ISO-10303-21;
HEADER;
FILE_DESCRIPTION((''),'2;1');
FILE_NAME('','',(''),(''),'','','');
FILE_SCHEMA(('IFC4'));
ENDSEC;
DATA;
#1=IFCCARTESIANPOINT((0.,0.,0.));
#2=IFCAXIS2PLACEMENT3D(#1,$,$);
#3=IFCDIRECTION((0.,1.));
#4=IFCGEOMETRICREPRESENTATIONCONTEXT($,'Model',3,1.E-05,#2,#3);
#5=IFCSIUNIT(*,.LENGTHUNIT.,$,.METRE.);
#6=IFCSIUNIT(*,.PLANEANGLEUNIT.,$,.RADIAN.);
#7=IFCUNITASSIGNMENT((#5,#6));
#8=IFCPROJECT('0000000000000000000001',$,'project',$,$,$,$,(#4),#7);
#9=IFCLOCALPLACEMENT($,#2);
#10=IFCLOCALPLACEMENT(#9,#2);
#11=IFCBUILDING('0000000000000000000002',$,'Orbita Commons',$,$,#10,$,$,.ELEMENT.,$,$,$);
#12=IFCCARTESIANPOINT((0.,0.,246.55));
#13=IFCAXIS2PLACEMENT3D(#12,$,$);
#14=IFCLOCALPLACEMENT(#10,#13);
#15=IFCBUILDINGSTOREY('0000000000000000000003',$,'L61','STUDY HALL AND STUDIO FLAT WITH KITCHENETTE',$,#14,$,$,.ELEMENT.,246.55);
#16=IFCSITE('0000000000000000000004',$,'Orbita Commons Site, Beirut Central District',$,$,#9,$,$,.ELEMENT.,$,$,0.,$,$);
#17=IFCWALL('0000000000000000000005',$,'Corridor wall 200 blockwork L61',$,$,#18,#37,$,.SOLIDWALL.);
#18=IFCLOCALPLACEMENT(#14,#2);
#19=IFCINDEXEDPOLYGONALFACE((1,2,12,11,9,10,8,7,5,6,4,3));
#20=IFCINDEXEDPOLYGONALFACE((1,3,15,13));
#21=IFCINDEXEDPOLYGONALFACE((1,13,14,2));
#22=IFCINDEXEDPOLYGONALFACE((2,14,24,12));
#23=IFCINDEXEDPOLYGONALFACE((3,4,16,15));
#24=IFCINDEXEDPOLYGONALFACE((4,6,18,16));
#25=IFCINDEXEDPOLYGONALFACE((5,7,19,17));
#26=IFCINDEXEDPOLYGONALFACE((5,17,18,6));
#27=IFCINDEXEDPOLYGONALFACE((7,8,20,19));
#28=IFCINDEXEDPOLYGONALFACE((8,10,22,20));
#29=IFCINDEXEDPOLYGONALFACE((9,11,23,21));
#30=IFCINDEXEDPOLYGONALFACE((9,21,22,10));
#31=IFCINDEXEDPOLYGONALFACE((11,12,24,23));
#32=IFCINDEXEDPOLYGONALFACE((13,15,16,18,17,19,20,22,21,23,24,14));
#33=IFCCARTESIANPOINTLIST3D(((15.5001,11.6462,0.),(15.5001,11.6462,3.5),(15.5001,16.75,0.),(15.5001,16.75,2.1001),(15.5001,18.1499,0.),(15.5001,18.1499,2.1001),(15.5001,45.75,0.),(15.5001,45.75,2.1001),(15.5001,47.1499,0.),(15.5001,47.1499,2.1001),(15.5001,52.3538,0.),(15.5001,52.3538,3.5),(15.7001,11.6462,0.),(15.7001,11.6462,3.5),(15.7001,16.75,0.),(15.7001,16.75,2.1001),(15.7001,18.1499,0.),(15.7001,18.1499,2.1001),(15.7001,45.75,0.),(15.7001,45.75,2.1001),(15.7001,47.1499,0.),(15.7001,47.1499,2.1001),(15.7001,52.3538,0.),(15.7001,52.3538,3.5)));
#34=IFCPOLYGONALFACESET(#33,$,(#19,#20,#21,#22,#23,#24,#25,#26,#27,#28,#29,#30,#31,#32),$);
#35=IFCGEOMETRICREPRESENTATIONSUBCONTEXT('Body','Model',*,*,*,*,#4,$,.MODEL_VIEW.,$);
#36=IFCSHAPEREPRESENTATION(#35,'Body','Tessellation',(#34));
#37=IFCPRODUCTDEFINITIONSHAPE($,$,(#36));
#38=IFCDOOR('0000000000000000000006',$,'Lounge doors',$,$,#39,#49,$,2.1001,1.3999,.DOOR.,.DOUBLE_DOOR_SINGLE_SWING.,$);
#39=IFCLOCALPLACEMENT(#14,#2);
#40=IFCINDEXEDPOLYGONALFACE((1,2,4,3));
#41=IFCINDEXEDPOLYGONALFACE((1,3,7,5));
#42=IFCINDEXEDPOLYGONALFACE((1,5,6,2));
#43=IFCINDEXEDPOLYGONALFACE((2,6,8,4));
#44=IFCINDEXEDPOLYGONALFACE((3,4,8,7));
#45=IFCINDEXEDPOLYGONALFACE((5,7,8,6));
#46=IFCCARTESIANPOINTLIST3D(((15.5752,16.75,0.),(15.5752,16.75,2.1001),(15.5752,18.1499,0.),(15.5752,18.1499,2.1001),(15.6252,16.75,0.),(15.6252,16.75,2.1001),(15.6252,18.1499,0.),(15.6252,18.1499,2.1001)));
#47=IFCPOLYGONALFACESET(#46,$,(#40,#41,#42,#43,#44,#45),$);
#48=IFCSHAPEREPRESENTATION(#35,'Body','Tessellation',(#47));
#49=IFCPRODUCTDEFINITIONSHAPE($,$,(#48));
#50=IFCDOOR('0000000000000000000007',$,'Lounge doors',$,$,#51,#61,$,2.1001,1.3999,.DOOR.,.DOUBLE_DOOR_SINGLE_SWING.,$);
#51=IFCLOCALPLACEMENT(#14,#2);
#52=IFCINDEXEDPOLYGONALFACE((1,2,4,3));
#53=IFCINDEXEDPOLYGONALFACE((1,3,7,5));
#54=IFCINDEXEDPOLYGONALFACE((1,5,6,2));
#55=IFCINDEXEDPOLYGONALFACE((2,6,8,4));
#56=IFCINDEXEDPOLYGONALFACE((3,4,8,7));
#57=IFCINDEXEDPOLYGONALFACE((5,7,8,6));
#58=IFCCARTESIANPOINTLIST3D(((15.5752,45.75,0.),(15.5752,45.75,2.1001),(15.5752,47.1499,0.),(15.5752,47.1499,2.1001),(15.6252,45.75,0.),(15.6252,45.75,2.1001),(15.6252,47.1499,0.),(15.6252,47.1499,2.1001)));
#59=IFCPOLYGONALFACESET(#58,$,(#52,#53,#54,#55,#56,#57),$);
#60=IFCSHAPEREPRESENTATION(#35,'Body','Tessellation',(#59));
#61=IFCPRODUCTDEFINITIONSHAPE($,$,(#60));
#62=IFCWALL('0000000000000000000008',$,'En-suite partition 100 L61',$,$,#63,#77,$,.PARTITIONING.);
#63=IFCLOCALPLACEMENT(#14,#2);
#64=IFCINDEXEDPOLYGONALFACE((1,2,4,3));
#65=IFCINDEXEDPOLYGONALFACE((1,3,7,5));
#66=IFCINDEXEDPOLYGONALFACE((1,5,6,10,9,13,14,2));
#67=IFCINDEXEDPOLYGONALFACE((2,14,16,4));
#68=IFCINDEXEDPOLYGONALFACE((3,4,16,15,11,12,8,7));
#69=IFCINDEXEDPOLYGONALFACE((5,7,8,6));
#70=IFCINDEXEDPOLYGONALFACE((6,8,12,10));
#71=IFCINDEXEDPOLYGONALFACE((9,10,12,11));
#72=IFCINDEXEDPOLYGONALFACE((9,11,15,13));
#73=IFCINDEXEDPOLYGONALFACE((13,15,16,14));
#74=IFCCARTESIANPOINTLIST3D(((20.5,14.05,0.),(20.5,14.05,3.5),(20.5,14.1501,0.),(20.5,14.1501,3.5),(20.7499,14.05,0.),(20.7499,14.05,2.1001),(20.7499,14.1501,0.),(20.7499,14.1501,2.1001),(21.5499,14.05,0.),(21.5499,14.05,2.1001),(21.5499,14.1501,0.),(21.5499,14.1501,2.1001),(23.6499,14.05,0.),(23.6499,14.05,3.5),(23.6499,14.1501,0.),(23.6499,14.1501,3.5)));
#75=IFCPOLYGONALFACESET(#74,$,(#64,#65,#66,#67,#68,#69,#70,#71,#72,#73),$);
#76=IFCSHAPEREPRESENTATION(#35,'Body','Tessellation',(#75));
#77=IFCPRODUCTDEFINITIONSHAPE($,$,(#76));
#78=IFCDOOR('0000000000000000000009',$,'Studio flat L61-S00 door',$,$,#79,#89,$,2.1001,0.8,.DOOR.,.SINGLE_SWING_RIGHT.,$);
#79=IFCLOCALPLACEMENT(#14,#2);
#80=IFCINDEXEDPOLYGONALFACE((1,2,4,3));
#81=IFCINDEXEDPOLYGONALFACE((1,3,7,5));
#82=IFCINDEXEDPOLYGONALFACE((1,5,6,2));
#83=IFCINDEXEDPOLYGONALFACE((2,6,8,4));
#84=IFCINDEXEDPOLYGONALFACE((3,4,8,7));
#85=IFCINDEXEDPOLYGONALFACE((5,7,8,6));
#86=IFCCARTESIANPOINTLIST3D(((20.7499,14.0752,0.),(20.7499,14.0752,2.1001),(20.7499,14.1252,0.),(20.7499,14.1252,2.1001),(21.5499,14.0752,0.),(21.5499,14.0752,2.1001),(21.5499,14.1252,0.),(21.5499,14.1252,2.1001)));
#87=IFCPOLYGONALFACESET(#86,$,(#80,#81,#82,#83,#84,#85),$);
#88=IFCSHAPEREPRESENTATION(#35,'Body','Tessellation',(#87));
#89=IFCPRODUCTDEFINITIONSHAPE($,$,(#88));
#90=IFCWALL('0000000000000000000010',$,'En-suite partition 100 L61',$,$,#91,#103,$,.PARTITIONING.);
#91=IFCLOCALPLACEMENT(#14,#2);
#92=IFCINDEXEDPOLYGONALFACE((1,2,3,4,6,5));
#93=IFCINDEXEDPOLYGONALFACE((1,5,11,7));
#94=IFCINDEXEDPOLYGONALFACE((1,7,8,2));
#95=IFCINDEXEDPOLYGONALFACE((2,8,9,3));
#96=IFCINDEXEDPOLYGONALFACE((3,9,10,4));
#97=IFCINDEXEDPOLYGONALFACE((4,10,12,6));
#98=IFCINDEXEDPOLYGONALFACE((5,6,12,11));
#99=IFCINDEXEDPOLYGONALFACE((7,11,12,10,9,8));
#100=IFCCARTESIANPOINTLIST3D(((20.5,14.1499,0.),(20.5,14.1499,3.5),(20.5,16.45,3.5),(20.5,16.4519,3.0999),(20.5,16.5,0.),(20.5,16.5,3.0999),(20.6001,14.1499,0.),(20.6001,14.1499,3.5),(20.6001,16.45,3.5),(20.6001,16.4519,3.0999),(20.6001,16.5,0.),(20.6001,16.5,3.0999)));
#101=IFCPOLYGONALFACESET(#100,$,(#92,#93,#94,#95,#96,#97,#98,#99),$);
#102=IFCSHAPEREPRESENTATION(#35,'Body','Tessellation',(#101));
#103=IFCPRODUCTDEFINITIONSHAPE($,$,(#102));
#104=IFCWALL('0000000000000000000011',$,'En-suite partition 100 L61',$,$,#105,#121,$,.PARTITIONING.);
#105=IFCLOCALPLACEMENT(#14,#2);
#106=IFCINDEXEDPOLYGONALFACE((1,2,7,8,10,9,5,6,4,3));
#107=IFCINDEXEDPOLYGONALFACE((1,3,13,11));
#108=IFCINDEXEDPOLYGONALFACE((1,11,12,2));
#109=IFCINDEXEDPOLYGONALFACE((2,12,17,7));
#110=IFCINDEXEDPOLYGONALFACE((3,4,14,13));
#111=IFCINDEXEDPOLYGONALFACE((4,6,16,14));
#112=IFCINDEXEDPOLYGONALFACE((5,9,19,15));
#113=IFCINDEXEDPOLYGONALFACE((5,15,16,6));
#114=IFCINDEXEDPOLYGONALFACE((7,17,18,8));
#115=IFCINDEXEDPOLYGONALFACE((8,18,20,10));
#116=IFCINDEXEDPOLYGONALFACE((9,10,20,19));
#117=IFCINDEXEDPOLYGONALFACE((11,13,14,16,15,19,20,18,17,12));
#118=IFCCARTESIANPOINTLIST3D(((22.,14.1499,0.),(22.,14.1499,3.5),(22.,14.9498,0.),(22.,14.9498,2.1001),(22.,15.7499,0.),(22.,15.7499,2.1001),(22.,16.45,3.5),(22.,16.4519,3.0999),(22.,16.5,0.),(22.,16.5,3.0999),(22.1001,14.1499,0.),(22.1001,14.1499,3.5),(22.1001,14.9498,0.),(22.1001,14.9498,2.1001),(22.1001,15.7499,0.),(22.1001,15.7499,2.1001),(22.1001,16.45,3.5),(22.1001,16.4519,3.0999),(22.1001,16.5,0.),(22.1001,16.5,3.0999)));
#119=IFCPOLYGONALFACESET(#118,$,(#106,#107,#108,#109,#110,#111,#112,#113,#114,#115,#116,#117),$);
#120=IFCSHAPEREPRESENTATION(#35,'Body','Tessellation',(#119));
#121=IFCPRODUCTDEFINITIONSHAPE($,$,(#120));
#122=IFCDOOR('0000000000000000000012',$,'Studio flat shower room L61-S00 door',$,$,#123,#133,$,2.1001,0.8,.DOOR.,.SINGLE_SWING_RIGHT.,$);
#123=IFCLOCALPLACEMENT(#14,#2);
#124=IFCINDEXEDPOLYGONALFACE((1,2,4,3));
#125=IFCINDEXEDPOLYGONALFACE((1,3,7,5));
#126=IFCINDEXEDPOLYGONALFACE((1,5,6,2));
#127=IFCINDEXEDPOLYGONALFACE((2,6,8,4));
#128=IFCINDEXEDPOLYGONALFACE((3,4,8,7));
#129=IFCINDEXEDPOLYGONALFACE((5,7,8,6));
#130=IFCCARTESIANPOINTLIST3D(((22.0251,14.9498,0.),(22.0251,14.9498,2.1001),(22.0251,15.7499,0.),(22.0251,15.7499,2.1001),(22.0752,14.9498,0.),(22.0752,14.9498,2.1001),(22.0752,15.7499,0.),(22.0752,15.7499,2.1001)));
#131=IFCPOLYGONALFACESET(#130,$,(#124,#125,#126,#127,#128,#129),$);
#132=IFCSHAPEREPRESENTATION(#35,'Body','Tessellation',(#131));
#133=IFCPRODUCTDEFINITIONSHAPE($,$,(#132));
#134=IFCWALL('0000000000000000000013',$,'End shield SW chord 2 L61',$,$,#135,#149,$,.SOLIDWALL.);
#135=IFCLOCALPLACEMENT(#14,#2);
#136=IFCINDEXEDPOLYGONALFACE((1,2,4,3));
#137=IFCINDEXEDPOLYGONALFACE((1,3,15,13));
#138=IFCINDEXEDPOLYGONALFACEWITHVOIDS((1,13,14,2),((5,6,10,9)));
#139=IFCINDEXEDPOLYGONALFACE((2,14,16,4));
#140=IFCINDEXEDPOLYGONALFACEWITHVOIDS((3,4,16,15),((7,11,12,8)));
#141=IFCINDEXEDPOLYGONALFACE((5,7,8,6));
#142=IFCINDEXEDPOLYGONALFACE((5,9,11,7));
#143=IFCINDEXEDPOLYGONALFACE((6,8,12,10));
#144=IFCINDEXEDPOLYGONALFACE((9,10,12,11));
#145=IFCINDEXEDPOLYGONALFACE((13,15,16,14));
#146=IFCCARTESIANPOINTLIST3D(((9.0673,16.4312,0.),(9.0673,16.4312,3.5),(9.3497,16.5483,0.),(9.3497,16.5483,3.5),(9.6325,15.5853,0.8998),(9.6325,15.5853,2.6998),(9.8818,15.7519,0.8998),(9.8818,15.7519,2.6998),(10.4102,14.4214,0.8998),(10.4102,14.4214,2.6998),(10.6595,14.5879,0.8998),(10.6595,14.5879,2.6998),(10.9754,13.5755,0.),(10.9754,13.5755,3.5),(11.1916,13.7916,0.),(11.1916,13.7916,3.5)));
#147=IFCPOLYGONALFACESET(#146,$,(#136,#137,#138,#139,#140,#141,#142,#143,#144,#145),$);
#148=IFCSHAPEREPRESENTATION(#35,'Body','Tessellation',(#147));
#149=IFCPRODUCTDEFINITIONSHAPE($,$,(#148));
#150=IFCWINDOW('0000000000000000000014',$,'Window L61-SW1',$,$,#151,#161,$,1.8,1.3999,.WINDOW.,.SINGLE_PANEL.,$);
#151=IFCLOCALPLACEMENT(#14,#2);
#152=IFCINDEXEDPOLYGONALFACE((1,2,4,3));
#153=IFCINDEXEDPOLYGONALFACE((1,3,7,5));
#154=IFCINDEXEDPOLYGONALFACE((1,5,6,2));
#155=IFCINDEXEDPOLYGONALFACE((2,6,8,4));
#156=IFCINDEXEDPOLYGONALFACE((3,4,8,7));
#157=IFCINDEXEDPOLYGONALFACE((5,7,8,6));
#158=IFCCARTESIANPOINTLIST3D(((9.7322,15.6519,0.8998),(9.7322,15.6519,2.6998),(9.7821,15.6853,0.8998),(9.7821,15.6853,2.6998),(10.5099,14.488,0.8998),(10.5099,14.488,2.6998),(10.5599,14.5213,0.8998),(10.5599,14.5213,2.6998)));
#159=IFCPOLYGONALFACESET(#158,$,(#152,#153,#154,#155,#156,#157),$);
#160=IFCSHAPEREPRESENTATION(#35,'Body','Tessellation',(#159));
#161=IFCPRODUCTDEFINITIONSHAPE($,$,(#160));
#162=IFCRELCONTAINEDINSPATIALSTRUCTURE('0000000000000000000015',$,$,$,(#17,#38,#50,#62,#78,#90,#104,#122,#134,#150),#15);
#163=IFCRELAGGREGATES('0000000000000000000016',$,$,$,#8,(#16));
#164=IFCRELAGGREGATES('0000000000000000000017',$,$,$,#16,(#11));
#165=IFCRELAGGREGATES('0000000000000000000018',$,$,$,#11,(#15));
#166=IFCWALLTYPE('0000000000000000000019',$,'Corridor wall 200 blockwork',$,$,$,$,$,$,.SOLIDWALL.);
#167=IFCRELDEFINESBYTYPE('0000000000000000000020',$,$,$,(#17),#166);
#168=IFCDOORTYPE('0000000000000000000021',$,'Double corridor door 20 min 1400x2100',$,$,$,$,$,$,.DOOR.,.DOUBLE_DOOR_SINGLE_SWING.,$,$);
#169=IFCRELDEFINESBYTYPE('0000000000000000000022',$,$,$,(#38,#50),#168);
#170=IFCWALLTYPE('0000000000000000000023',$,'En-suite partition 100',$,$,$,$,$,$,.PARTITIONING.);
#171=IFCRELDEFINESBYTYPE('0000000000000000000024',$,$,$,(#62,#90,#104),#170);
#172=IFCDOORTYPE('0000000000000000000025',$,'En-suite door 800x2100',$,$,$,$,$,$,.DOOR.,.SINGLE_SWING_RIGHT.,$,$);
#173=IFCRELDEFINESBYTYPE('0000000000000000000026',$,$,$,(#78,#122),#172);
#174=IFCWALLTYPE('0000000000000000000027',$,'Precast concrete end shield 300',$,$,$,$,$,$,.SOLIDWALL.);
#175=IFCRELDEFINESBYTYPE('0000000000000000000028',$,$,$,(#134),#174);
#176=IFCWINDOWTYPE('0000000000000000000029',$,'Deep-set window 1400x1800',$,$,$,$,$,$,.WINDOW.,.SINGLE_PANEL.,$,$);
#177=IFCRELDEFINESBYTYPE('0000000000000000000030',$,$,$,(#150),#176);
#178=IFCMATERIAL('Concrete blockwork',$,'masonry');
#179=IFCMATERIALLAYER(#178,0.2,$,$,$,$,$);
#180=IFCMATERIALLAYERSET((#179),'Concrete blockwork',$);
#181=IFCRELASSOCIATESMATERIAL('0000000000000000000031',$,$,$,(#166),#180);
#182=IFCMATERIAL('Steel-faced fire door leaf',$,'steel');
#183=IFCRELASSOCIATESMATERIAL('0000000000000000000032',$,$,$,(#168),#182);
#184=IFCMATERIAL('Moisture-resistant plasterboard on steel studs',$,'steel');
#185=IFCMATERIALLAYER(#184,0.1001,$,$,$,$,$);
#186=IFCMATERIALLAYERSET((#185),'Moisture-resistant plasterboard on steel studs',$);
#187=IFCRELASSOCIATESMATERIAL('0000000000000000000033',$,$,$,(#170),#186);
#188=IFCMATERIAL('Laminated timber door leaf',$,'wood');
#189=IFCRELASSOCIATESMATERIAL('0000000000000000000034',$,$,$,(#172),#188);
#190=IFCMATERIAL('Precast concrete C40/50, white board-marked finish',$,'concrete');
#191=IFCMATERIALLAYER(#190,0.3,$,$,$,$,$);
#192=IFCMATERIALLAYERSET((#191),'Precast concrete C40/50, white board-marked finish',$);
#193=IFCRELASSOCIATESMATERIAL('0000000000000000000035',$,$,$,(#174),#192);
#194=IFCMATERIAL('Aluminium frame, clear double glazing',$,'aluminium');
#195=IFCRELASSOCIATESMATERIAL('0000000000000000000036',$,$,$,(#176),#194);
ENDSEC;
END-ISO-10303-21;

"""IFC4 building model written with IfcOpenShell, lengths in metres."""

from ifc_helpers import new_model, si_unit, direction, frame, frame_2d, origin, place, context, subcontext, project, spatial, polyline, rectangle, outline, extrude, material, layer, layer_set, type_object, element, fill, save


model = new_model("IFC4")

# Units and contexts
model_context = context("Model", 3, precision=1e-05, world=origin(), true_north=direction((0.0, 1.0)))
body_context = subcontext(model_context, "Body", "Model", "MODEL_VIEW")
ifc_project = project(units=[si_unit("LENGTHUNIT", "METRE"), si_unit("PLANEANGLEUNIT", "RADIAN")], contexts=[model_context])

# Site, building, storey
site_placement = place(None, origin())
site = spatial("IfcSite", under=ifc_project, at=site_placement, Name="Orbita Commons Site, Beirut Central District", CompositionType="ELEMENT", RefElevation=0.0)
building_placement = place(site_placement, origin())
building = spatial("IfcBuilding", under=site, at=building_placement, Name="Orbita Commons", CompositionType="ELEMENT")
storey_placement = place(building_placement, frame((0.0, 0.0, 246.55)))
storey = spatial("IfcBuildingStorey", under=building, at=storey_placement, Name="L61", Description="STUDY HALL AND STUDIO FLAT WITH KITCHENETTE", CompositionType="ELEMENT", Elevation=246.55)

# Shared definitions
ifc_material_1 = material(Name="Concrete blockwork", Category="masonry")
ifc_layer_1 = layer(ifc_material_1, 0.2)
ifc_layer_set_1 = layer_set([ifc_layer_1], Name="Concrete blockwork")
wall_type_1 = type_object("IfcWallType", Name="Corridor wall 200 blockwork", PredefinedType="SOLIDWALL", material=ifc_layer_set_1)

# Wall, openings, doors
wall_1_placement = place(storey_placement, frame((15.6001, 11.6462, 0.0), z_axis=(0.0, 0.0, 1.0), x_axis=(0.0, 1.0, 0.0)))
wall_1 = element("IfcWall", 1, at=wall_1_placement, inside=storey, type_object=wall_type_1, Name="Corridor wall 200 blockwork L61", PredefinedType="SOLIDWALL", context=body_context, shape_type="SweptSolid", body=[
    extrude(rectangle(XDim=40.7075, YDim=0.2, at=frame_2d((20.3538, 0.0))), origin(), (0.0, 0.0, 1.0), 3.5),
])
opening_1_placement = place(wall_1_placement, frame((5.1038, 0.0, 0.0)))
opening_1 = element("IfcOpeningElement", 2, at=opening_1_placement, cuts=wall_1, PredefinedType="OPENING", context=body_context, shape_type="SweptSolid", body=[
    extrude(rectangle(XDim=1.3999, YDim=2.1001, at=frame_2d((0.7, 1.05))), frame((0.0, 0.1099, 0.0), z_axis=(0.0, -1.0, 0.0), x_axis=(1.0, 0.0, 0.0)), (0.0, 0.0, 1.0), 0.22),
])
opening_2_placement = place(wall_1_placement, frame((34.1038, 0.0, 0.0)))
opening_2 = element("IfcOpeningElement", 3, at=opening_2_placement, cuts=wall_1, PredefinedType="OPENING", context=body_context, shape_type="SweptSolid", body=[
    extrude(rectangle(XDim=1.3999, YDim=2.1001, at=frame_2d((0.7, 1.05))), frame((0.0, 0.1099, 0.0), z_axis=(0.0, -1.0, 0.0), x_axis=(1.0, 0.0, 0.0)), (0.0, 0.0, 1.0), 0.22),
])
ifc_material_2 = material(Name="Steel-faced fire door leaf", Category="steel")
door_type_1 = type_object("IfcDoorType", Name="Double corridor door 20 min 1400x2100", OperationType="DOUBLE_DOOR_SINGLE_SWING", PredefinedType="DOOR", material=ifc_material_2)
door_1_placement = place(opening_1_placement, origin())
door_1 = element("IfcDoor", 4, at=door_1_placement, inside=storey, type_object=door_type_1, Name="Lounge doors", OperationType="DOUBLE_DOOR_SINGLE_SWING", OverallHeight=2.1001, OverallWidth=1.3999, PredefinedType="DOOR", context=body_context, shape_type="SweptSolid", body=[
    extrude(rectangle(XDim=1.3999, YDim=2.1001, at=frame_2d((0.7, 1.05))), frame((0.0, 0.0249, 0.0), z_axis=(0.0, -1.0, 0.0), x_axis=(1.0, 0.0, 0.0)), (0.0, 0.0, 1.0), 0.05),
])
fill(opening_1, door_1)
door_2_placement = place(opening_2_placement, origin())
door_2 = element("IfcDoor", 5, at=door_2_placement, inside=storey, type_object=door_type_1, Name="Lounge doors", OperationType="DOUBLE_DOOR_SINGLE_SWING", OverallHeight=2.1001, OverallWidth=1.3999, PredefinedType="DOOR", context=body_context, shape_type="SweptSolid", body=[
    extrude(rectangle(XDim=1.3999, YDim=2.1001, at=frame_2d((0.7, 1.05))), frame((0.0, 0.0249, 0.0), z_axis=(0.0, -1.0, 0.0), x_axis=(1.0, 0.0, 0.0)), (0.0, 0.0, 1.0), 0.05),
])
fill(opening_2, door_2)

# Wall, opening, door
ifc_material_3 = material(Name="Moisture-resistant plasterboard on steel studs", Category="steel")
ifc_layer_2 = layer(ifc_material_3, 0.1001)
ifc_layer_set_2 = layer_set([ifc_layer_2], Name="Moisture-resistant plasterboard on steel studs")
wall_type_2 = type_object("IfcWallType", Name="En-suite partition 100", PredefinedType="PARTITIONING", material=ifc_layer_set_2)
wall_2_placement = place(storey_placement, frame((23.6499, 14.1001, 0.0), z_axis=(0.0, 0.0, 1.0), x_axis=(-1.0, 0.0, 0.0)))
wall_2 = element("IfcWall", 6, at=wall_2_placement, inside=storey, type_object=wall_type_2, Name="En-suite partition 100 L61", PredefinedType="PARTITIONING", context=body_context, shape_type="SweptSolid", body=[
    extrude(rectangle(XDim=3.1499, YDim=0.1001, at=frame_2d((1.575, 0.0))), origin(), (0.0, 0.0, 1.0), 3.5),
])
opening_3_placement = place(wall_2_placement, frame((2.1001, 0.0, 0.0)))
opening_3 = element("IfcOpeningElement", 7, at=opening_3_placement, cuts=wall_2, PredefinedType="OPENING", context=body_context, shape_type="SweptSolid", body=[
    extrude(rectangle(XDim=0.8, YDim=2.1001, at=frame_2d((0.3999, 1.05))), frame((0.0, 0.0601, 0.0), z_axis=(0.0, -1.0, 0.0), x_axis=(1.0, 0.0, 0.0)), (0.0, 0.0, 1.0), 0.1201),
])
ifc_material_4 = material(Name="Laminated timber door leaf", Category="wood")
door_type_2 = type_object("IfcDoorType", Name="En-suite door 800x2100", OperationType="SINGLE_SWING_RIGHT", PredefinedType="DOOR", material=ifc_material_4)
door_3_placement = place(opening_3_placement, origin())
door_3 = element("IfcDoor", 8, at=door_3_placement, inside=storey, type_object=door_type_2, Name="Studio flat L61-S00 door", OperationType="SINGLE_SWING_RIGHT", OverallHeight=2.1001, OverallWidth=0.8, PredefinedType="DOOR", context=body_context, shape_type="SweptSolid", body=[
    extrude(rectangle(XDim=0.8, YDim=2.1001, at=frame_2d((0.3999, 1.05))), frame((0.0, 0.0249, 0.0), z_axis=(0.0, -1.0, 0.0), x_axis=(1.0, 0.0, 0.0)), (0.0, 0.0, 1.0), 0.05),
])
fill(opening_3, door_3)

# Wall
wall_3_placement = place(storey_placement, frame((20.55, 14.1499, 0.0), z_axis=(0.0, 0.0, 1.0), x_axis=(0.0, 1.0, 0.0)))
element("IfcWall", 9, at=wall_3_placement, inside=storey, type_object=wall_type_2, Name="En-suite partition 100 L61", PredefinedType="PARTITIONING", context=body_context, shape_type="SweptSolid", body=[
    extrude(outline(polyline([(0.0, 0.0), (2.3501, 0.0), (2.3501, 3.0999), (2.302, 3.0999), (2.3, 3.5), (0.0, 3.5), (0.0, 0.0)])), frame((0.0, 0.05, 0.0), z_axis=(0.0, -1.0, 0.0), x_axis=(1.0, 0.0, 0.0)), (0.0, 0.0, 1.0), 0.1001),
])

# Wall, opening, door
wall_4_placement = place(storey_placement, frame((22.05, 14.1499, 0.0), z_axis=(0.0, 0.0, 1.0), x_axis=(0.0, 1.0, 0.0)))
wall_4 = element("IfcWall", 10, at=wall_4_placement, inside=storey, type_object=wall_type_2, Name="En-suite partition 100 L61", PredefinedType="PARTITIONING", context=body_context, shape_type="SweptSolid", body=[
    extrude(outline(polyline([(0.0, 0.0), (2.3501, 0.0), (2.3501, 3.0999), (2.302, 3.0999), (2.3, 3.5), (0.0, 3.5), (0.0, 0.0)])), frame((0.0, 0.05, 0.0), z_axis=(0.0, -1.0, 0.0), x_axis=(1.0, 0.0, 0.0)), (0.0, 0.0, 1.0), 0.1001),
])
opening_4_placement = place(wall_4_placement, frame((0.8, 0.0, 0.0)))
opening_4 = element("IfcOpeningElement", 11, at=opening_4_placement, cuts=wall_4, PredefinedType="OPENING", context=body_context, shape_type="SweptSolid", body=[
    extrude(rectangle(XDim=0.8, YDim=2.1001, at=frame_2d((0.3999, 1.05))), frame((0.0, 0.0601, 0.0), z_axis=(0.0, -1.0, 0.0), x_axis=(1.0, 0.0, 0.0)), (0.0, 0.0, 1.0), 0.1201),
])
door_4_placement = place(opening_4_placement, origin())
door_4 = element("IfcDoor", 12, at=door_4_placement, inside=storey, type_object=door_type_2, Name="Studio flat shower room L61-S00 door", OperationType="SINGLE_SWING_RIGHT", OverallHeight=2.1001, OverallWidth=0.8, PredefinedType="DOOR", context=body_context, shape_type="SweptSolid", body=[
    extrude(rectangle(XDim=0.8, YDim=2.1001, at=frame_2d((0.3999, 1.05))), frame((0.0, 0.0249, 0.0), z_axis=(0.0, -1.0, 0.0), x_axis=(1.0, 0.0, 0.0)), (0.0, 0.0, 1.0), 0.05),
])
fill(opening_4, door_4)

# Wall, opening, window
ifc_material_5 = material(Name="Precast concrete C40/50, white board-marked finish", Category="concrete")
ifc_layer_3 = layer(ifc_material_5, 0.3)
ifc_layer_set_3 = layer_set([ifc_layer_3], Name="Precast concrete C40/50, white board-marked finish")
wall_type_3 = type_object("IfcWallType", Name="Precast concrete end shield 300", PredefinedType="SOLIDWALL", material=ifc_layer_set_3)
wall_5_placement = place(storey_placement, frame((9.2085, 16.4897, 0.0), z_axis=(0.0, 0.0, 1.0), x_axis=(0.555568, -0.831471, 0.0)))
wall_5 = element("IfcWall", 13, at=wall_5_placement, inside=storey, type_object=wall_type_3, Name="End shield SW chord 2 L61", PredefinedType="SOLIDWALL", context=body_context, shape_type="SweptSolid", body=[
    extrude(outline(polyline([(-0.0298, -0.1499), (3.4048, -0.1499), (3.3452, 0.1499), (0.0298, 0.1499), (-0.0298, -0.1499)])), origin(), (0.0, 0.0, 1.0), 3.5),
])
opening_5_placement = place(wall_5_placement, frame((0.9875, 0.0, 0.8999)))
opening_5 = element("IfcOpeningElement", 14, at=opening_5_placement, cuts=wall_5, PredefinedType="OPENING", context=body_context, shape_type="SweptSolid", body=[
    extrude(rectangle(XDim=1.3999, YDim=1.8, at=frame_2d((0.7, 0.8999))), frame((0.0, 0.1599, 0.0), z_axis=(0.0, -1.0, 0.0), x_axis=(1.0, 0.0, 0.0)), (0.0, 0.0, 1.0), 0.3201),
])
ifc_material_6 = material(Name="Aluminium frame, clear double glazing", Category="aluminium")
window_type = type_object("IfcWindowType", Name="Deep-set window 1400x1800", PartitioningType="SINGLE_PANEL", PredefinedType="WINDOW", material=ifc_material_6)
window_1_placement = place(opening_5_placement, origin())
window_1 = element("IfcWindow", 15, at=window_1_placement, inside=storey, type_object=window_type, Name="Window L61-SW1", OverallHeight=1.8, OverallWidth=1.3999, PartitioningType="SINGLE_PANEL", PredefinedType="WINDOW", context=body_context, shape_type="SweptSolid", body=[
    extrude(rectangle(XDim=1.3999, YDim=1.8, at=frame_2d((0.7, 0.8999))), frame((0.0, 0.03, 0.0), z_axis=(0.0, -1.0, 0.0), x_axis=(1.0, 0.0, 0.0)), (0.0, 0.0, 1.0), 0.0601),
])
fill(opening_5, window_1)

save(model, "model.ifc")
